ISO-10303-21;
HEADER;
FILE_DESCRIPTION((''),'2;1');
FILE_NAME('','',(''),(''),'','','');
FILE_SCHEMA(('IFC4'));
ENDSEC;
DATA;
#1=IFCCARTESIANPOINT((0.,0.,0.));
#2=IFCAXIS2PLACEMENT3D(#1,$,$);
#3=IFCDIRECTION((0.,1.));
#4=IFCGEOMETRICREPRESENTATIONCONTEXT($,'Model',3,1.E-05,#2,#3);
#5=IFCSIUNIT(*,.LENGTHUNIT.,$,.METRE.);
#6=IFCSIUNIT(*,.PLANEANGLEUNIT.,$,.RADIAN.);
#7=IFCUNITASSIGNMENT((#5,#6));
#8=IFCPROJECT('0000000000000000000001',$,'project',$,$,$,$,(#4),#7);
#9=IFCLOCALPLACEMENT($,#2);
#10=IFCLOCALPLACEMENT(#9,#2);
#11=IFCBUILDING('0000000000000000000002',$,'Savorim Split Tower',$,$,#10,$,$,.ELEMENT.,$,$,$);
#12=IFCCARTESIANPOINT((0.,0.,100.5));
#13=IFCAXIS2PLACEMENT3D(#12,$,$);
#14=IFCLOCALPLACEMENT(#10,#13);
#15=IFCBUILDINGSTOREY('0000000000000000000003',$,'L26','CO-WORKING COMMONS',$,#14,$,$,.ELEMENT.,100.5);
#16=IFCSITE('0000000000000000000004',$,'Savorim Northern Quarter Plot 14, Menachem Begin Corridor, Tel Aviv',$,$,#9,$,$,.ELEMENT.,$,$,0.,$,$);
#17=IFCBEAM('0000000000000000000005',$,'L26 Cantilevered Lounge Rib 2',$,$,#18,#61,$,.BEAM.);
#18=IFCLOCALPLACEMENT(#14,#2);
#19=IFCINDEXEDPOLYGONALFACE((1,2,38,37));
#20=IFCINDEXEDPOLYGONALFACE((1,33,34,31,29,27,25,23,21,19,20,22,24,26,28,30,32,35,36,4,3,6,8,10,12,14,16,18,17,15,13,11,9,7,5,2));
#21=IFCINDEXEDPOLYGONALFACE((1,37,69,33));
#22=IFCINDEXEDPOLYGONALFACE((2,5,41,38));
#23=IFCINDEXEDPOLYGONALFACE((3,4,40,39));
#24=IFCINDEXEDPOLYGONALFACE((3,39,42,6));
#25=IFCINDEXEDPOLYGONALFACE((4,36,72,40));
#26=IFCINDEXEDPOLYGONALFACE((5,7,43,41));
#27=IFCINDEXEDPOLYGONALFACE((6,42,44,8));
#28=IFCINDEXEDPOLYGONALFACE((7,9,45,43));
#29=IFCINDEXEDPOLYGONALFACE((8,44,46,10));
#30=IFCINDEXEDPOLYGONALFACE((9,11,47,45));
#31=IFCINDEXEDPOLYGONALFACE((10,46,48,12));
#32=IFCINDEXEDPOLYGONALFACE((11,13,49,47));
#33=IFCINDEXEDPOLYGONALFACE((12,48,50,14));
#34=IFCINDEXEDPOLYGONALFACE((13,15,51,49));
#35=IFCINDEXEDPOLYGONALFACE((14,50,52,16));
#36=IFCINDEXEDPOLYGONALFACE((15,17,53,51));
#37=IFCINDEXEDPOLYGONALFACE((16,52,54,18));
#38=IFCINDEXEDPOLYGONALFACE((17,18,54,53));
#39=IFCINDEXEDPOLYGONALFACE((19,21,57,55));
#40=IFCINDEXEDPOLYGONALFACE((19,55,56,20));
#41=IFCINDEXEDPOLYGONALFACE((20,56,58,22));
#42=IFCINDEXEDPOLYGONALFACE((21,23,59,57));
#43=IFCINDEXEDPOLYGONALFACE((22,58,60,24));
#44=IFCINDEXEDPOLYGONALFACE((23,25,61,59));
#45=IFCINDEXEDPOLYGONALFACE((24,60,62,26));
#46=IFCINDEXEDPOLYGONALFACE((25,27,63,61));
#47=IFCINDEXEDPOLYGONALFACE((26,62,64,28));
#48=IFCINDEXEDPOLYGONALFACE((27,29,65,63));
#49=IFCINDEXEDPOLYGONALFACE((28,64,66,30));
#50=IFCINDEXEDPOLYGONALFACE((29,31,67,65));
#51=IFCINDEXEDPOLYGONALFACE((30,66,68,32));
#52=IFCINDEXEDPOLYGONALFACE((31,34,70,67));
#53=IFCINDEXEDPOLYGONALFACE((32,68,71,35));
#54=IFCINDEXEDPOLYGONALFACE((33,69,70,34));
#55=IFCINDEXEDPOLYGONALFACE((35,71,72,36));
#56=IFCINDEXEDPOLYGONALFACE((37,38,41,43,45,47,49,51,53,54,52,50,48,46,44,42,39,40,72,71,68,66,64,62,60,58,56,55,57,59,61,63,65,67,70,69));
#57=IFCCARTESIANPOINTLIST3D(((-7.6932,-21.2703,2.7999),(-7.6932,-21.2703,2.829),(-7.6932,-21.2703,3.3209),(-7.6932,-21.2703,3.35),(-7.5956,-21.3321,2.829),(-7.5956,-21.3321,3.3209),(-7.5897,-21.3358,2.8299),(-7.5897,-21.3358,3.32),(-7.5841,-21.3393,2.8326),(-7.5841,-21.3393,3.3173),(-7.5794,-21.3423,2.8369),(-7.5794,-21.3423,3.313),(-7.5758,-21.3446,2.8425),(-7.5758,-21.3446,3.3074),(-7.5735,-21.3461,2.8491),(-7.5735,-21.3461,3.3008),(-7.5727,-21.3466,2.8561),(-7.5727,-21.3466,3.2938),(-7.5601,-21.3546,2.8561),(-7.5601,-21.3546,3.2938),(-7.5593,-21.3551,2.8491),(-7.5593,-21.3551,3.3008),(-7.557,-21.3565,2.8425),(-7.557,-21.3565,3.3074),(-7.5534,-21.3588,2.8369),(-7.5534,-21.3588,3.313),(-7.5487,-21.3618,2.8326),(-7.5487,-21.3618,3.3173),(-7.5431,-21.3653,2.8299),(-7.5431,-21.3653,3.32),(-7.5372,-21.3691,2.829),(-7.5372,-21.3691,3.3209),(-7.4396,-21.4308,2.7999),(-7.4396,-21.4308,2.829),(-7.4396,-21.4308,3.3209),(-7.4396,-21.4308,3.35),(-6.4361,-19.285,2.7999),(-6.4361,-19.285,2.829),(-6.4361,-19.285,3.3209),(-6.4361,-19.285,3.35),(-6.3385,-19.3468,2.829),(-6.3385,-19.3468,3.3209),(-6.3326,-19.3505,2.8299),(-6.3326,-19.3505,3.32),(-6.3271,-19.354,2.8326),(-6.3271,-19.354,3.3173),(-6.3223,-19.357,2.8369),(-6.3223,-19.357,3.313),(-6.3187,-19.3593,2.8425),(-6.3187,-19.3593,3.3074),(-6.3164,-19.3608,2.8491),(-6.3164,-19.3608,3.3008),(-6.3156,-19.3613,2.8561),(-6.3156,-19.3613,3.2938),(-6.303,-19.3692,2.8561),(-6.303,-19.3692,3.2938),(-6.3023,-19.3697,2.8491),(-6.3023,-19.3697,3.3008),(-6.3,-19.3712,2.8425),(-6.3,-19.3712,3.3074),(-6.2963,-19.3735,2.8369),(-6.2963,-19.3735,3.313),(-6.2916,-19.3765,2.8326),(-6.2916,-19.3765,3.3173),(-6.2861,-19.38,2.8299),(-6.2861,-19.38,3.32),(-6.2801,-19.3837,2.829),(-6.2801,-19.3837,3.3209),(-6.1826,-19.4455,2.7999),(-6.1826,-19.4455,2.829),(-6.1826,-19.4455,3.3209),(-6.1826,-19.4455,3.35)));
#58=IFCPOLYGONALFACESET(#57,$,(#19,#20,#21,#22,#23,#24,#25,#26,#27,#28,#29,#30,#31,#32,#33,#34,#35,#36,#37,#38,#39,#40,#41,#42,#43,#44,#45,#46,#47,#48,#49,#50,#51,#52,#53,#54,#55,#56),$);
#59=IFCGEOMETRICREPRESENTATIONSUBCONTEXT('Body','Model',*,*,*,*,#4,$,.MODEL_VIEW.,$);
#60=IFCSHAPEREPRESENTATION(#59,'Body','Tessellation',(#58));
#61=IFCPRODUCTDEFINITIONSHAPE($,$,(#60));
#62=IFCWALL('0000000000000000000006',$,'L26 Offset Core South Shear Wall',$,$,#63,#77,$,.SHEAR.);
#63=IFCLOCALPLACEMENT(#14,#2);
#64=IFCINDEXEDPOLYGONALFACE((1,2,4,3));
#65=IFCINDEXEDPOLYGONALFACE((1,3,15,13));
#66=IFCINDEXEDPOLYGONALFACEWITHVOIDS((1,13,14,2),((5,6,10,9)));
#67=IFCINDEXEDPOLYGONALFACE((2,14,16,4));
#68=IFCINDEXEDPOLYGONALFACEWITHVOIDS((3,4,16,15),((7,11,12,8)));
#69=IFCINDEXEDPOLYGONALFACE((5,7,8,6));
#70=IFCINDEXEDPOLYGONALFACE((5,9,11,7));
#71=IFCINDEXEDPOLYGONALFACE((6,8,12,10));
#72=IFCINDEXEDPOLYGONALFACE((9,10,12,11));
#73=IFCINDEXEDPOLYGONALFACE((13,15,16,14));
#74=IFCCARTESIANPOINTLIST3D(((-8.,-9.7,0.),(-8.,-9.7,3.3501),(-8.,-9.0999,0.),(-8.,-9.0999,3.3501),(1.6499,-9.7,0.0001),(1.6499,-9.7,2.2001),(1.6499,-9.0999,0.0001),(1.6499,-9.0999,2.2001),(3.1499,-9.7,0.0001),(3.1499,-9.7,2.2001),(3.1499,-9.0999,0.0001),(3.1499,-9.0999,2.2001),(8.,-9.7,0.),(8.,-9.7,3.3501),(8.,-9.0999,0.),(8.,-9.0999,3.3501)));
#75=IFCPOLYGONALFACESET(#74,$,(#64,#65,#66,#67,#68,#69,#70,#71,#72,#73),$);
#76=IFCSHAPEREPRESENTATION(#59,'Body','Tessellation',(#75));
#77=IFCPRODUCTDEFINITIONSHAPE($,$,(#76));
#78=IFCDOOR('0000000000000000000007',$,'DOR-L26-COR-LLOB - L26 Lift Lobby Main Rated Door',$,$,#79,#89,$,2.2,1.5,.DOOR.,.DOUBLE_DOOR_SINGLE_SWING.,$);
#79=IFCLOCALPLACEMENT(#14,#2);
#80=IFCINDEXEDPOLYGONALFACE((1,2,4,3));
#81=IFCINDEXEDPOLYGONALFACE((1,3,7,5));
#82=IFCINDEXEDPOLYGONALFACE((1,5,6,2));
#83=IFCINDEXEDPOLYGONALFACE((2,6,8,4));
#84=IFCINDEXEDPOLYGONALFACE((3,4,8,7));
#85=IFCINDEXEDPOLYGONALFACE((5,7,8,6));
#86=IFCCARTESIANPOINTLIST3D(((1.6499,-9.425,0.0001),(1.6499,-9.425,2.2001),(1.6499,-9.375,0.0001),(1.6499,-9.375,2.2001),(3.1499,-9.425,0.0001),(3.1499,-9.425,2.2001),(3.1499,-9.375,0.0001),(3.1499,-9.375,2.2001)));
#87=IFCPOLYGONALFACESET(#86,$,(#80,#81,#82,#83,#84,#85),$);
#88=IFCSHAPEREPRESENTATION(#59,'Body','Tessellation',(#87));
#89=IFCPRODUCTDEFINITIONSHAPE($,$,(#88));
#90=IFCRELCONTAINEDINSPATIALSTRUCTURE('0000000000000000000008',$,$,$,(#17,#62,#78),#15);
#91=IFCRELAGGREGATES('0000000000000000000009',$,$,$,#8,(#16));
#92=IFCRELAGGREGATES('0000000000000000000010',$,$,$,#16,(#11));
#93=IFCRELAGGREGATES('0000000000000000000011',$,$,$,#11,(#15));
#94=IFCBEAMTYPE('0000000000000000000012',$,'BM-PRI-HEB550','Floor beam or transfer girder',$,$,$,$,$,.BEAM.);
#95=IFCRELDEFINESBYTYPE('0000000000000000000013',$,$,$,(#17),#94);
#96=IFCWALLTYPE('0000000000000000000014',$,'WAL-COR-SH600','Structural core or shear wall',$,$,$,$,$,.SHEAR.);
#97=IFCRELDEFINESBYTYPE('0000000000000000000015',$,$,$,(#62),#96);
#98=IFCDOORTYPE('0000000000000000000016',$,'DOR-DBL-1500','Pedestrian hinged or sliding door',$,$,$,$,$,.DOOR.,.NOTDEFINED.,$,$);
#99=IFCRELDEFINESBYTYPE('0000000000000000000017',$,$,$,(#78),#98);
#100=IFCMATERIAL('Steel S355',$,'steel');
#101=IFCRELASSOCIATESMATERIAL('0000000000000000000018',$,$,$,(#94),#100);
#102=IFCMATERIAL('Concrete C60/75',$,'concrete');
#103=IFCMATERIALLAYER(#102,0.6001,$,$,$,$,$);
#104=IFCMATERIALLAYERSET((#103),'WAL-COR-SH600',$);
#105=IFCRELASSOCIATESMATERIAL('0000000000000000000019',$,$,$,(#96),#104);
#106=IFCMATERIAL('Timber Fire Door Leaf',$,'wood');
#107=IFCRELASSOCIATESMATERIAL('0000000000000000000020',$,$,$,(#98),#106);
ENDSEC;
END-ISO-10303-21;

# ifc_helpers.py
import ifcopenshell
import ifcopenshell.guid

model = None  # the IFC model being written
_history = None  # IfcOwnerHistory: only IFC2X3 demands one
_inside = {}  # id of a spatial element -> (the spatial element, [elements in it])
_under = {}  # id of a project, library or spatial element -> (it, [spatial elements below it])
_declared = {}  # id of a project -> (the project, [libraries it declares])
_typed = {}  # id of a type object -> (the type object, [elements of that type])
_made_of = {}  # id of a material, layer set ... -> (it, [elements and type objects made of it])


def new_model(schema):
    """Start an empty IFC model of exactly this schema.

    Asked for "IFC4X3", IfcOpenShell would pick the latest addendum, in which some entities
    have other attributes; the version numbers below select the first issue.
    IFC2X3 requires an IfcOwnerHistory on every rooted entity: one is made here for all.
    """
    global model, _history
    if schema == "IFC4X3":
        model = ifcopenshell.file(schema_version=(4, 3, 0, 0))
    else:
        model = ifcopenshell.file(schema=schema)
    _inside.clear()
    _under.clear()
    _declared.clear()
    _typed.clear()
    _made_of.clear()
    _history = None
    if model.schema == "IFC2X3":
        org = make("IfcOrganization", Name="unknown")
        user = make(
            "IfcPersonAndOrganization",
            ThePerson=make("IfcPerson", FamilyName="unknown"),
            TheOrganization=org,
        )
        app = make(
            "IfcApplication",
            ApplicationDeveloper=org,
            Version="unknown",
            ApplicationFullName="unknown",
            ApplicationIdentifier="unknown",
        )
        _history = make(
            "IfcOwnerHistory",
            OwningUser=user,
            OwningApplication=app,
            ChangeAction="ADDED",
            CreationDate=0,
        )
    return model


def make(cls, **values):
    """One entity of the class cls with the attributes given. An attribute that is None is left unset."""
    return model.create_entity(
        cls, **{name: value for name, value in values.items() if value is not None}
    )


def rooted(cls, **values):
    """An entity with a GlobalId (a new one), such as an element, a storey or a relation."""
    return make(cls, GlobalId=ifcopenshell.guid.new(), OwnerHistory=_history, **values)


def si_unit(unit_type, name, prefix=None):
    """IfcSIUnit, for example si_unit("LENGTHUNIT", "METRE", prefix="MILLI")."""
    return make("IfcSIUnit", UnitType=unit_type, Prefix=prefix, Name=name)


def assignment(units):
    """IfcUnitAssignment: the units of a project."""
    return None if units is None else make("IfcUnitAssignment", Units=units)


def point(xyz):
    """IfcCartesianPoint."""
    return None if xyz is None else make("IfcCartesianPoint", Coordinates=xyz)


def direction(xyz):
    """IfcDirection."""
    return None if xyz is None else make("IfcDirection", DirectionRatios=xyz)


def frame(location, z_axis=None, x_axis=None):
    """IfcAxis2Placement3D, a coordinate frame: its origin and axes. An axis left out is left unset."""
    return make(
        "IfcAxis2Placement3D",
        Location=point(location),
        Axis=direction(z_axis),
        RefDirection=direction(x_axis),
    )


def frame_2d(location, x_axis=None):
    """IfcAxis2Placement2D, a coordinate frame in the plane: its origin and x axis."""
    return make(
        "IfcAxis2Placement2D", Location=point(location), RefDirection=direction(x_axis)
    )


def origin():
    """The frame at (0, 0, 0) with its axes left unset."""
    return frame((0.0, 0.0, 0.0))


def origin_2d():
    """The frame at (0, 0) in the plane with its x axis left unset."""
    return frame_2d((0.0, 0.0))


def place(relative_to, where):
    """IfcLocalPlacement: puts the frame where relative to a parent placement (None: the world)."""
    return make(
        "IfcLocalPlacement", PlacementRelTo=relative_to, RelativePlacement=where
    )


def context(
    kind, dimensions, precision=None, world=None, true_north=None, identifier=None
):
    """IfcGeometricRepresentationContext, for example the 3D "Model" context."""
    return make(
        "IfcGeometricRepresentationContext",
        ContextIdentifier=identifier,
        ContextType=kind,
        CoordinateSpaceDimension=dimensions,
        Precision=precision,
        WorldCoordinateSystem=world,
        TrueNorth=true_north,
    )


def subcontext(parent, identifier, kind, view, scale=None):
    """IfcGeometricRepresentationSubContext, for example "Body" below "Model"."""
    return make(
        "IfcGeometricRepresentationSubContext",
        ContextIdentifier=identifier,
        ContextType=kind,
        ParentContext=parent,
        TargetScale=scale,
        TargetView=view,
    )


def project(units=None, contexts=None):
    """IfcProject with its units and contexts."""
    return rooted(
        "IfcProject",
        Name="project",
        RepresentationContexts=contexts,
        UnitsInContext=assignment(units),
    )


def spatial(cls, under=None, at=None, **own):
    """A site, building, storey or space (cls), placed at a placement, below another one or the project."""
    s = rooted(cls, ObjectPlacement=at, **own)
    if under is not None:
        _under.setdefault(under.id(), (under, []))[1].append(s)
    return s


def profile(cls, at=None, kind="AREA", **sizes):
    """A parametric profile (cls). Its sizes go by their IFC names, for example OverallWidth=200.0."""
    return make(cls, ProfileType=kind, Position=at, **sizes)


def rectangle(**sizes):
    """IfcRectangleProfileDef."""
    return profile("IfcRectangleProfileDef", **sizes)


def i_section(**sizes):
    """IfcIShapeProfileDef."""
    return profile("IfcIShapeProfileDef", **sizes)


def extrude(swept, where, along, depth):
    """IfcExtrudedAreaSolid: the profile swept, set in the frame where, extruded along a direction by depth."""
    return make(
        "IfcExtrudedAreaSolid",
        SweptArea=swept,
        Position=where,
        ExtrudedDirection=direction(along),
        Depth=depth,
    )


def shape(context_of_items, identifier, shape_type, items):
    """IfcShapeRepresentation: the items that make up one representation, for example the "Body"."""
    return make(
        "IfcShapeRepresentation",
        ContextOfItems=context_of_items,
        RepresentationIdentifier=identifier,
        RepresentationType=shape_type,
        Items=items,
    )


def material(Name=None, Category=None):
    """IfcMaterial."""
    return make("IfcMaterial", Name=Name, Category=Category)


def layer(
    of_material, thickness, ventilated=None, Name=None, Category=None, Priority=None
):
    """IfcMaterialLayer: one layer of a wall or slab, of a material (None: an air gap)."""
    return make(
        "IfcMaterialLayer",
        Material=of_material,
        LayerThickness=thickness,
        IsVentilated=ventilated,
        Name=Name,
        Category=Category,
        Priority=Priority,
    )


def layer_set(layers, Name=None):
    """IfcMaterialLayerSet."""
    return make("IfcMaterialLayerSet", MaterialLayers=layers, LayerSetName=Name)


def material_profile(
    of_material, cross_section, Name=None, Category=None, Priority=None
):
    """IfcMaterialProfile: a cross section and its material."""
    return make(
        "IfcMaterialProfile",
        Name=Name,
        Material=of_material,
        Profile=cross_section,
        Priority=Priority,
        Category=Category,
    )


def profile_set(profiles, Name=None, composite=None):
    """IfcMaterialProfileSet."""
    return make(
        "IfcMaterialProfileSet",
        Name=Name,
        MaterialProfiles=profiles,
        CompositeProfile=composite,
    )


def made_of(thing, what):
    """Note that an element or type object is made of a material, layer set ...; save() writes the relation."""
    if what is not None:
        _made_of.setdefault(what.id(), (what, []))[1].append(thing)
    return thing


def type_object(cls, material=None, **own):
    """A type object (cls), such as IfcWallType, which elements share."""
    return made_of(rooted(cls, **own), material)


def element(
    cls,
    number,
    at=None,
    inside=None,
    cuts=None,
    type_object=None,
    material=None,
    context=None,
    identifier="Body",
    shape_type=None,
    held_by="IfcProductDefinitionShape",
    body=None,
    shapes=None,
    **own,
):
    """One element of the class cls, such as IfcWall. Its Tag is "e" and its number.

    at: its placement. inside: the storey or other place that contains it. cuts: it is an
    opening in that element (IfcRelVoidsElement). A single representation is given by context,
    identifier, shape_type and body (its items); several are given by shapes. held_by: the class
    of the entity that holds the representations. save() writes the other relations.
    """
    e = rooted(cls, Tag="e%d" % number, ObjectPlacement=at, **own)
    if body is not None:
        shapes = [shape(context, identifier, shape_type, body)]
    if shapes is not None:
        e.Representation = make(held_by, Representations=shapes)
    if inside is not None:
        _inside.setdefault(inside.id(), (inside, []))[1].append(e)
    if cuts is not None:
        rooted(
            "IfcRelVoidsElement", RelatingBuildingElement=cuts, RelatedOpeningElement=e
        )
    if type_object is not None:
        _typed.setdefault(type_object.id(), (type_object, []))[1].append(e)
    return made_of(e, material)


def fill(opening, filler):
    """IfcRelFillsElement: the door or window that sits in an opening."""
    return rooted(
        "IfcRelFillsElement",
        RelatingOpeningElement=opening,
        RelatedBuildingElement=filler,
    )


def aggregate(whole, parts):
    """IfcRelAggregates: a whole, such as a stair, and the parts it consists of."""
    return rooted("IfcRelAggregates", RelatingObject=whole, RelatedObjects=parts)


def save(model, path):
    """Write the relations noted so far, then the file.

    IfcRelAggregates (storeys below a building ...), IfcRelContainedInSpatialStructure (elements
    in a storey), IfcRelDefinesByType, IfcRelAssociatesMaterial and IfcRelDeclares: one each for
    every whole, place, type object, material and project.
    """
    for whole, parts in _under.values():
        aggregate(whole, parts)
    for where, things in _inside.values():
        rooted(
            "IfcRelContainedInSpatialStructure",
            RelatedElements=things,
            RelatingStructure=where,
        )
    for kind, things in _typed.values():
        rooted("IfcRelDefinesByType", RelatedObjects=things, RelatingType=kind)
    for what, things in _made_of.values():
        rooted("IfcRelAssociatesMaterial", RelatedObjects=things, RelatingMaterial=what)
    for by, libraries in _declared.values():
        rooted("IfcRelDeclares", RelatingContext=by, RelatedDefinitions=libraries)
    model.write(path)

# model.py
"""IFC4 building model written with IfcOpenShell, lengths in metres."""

from ifc_helpers import new_model, si_unit, direction, frame, frame_2d, origin, origin_2d, place, context, subcontext, project, spatial, rectangle, i_section, extrude, material, layer, layer_set, material_profile, profile_set, type_object, element, fill, save


model = new_model("IFC4")

# Units and contexts
model_context = context("Model", 3, precision=1e-05, world=origin(), true_north=direction((0.0, 1.0)))
body_context = subcontext(model_context, "Body", "Model", "MODEL_VIEW")
ifc_project = project(units=[si_unit("LENGTHUNIT", "METRE"), si_unit("PLANEANGLEUNIT", "RADIAN")], contexts=[model_context])

# Site, building, storey
site_placement = place(None, origin())
site = spatial("IfcSite", under=ifc_project, at=site_placement, Name="Savorim Northern Quarter Plot 14, Menachem Begin Corridor, Tel Aviv", CompositionType="ELEMENT", RefElevation=0.0)
building_placement = place(site_placement, origin())
building = spatial("IfcBuilding", under=site, at=building_placement, Name="Savorim Split Tower", CompositionType="ELEMENT")
storey_placement = place(building_placement, frame((0.0, 0.0, 100.5)))
storey = spatial("IfcBuildingStorey", under=building, at=storey_placement, Name="L26", Description="CO-WORKING COMMONS", CompositionType="ELEMENT", Elevation=100.5)

# Beam
ifc_material_1 = material(Name="Steel S355", Category="steel")
ifc_material_profile_1 = material_profile(ifc_material_1, i_section(OverallWidth=0.3, OverallDepth=0.55, WebThickness=0.0149, FlangeThickness=0.0291, FilletRadius=0.0271, at=origin_2d()), Name="HEB 550")
ifc_profile_set_1 = profile_set([ifc_material_profile_1], Name="Steel S355")
beam_type_1 = type_object("IfcBeamType", Name="BM-PRI-HEB550", Description="Floor beam or transfer girder", PredefinedType="BEAM", material=ifc_profile_set_1)
beam_1_placement = place(storey_placement, frame((-6.3093, -19.3652, 3.075), z_axis=(-0.534958, -0.844879, 0.0), x_axis=(0.844879, -0.534958, 0.0)))
element("IfcBeam", 1, at=beam_1_placement, inside=storey, type_object=beam_type_1, Name="L26 Cantilevered Lounge Rib 2", PredefinedType="BEAM", context=body_context, shape_type="SweptSolid", body=[
    extrude(i_section(OverallWidth=0.3, OverallDepth=0.55, WebThickness=0.0149, FlangeThickness=0.0291, FilletRadius=0.0271, at=origin_2d()), origin(), (0.0, 0.0, 1.0), 2.3499),
])

# Wall, opening, door
ifc_material_2 = material(Name="Concrete C60/75", Category="concrete")
ifc_layer_1 = layer(ifc_material_2, 0.6001)
ifc_layer_set_1 = layer_set([ifc_layer_1], Name="WAL-COR-SH600")
wall_type_1 = type_object("IfcWallType", Name="WAL-COR-SH600", Description="Structural core or shear wall", PredefinedType="SHEAR", material=ifc_layer_set_1)
wall_1_placement = place(storey_placement, frame((-8.0, -9.3999, 0.0), z_axis=(0.0, 0.0, 1.0), x_axis=(1.0, 0.0, 0.0)))
wall_1 = element("IfcWall", 2, at=wall_1_placement, inside=storey, type_object=wall_type_1, Name="L26 Offset Core South Shear Wall", PredefinedType="SHEAR", context=body_context, shape_type="SweptSolid", body=[
    extrude(rectangle(XDim=16.0, YDim=0.6001, at=frame_2d((8.0, 0.0))), origin(), (0.0, 0.0, 1.0), 3.3501),
])
opening_1_placement = place(wall_1_placement, frame((9.6499, 0.0, 0.0)))
opening_1 = element("IfcOpeningElement", 3, at=opening_1_placement, cuts=wall_1, PredefinedType="OPENING", context=body_context, shape_type="SweptSolid", body=[
    extrude(rectangle(XDim=1.5, YDim=2.2, at=frame_2d((0.75, 1.1001))), frame((0.0, 0.3101, 0.0), z_axis=(0.0, -1.0, 0.0), x_axis=(1.0, 0.0, 0.0)), (0.0, 0.0, 1.0), 0.6201),
])
ifc_material_3 = material(Name="Timber Fire Door Leaf", Category="wood")
door_type_1 = type_object("IfcDoorType", Name="DOR-DBL-1500", Description="Pedestrian hinged or sliding door", OperationType="NOTDEFINED", PredefinedType="DOOR", material=ifc_material_3)
door_1_placement = place(opening_1_placement, origin())
door_1 = element("IfcDoor", 4, at=door_1_placement, inside=storey, type_object=door_type_1, Name="DOR-L26-COR-LLOB - L26 Lift Lobby Main Rated Door", OperationType="DOUBLE_DOOR_SINGLE_SWING", OverallHeight=2.2, OverallWidth=1.5, PredefinedType="DOOR", context=body_context, shape_type="SweptSolid", body=[
    extrude(rectangle(XDim=1.5, YDim=2.2, at=frame_2d((0.75, 1.1001))), frame((0.0, 0.0249, 0.0), z_axis=(0.0, -1.0, 0.0), x_axis=(1.0, 0.0, 0.0)), (0.0, 0.0, 1.0), 0.05),
])
fill(opening_1, door_1)

save(model, "model.ifc")
